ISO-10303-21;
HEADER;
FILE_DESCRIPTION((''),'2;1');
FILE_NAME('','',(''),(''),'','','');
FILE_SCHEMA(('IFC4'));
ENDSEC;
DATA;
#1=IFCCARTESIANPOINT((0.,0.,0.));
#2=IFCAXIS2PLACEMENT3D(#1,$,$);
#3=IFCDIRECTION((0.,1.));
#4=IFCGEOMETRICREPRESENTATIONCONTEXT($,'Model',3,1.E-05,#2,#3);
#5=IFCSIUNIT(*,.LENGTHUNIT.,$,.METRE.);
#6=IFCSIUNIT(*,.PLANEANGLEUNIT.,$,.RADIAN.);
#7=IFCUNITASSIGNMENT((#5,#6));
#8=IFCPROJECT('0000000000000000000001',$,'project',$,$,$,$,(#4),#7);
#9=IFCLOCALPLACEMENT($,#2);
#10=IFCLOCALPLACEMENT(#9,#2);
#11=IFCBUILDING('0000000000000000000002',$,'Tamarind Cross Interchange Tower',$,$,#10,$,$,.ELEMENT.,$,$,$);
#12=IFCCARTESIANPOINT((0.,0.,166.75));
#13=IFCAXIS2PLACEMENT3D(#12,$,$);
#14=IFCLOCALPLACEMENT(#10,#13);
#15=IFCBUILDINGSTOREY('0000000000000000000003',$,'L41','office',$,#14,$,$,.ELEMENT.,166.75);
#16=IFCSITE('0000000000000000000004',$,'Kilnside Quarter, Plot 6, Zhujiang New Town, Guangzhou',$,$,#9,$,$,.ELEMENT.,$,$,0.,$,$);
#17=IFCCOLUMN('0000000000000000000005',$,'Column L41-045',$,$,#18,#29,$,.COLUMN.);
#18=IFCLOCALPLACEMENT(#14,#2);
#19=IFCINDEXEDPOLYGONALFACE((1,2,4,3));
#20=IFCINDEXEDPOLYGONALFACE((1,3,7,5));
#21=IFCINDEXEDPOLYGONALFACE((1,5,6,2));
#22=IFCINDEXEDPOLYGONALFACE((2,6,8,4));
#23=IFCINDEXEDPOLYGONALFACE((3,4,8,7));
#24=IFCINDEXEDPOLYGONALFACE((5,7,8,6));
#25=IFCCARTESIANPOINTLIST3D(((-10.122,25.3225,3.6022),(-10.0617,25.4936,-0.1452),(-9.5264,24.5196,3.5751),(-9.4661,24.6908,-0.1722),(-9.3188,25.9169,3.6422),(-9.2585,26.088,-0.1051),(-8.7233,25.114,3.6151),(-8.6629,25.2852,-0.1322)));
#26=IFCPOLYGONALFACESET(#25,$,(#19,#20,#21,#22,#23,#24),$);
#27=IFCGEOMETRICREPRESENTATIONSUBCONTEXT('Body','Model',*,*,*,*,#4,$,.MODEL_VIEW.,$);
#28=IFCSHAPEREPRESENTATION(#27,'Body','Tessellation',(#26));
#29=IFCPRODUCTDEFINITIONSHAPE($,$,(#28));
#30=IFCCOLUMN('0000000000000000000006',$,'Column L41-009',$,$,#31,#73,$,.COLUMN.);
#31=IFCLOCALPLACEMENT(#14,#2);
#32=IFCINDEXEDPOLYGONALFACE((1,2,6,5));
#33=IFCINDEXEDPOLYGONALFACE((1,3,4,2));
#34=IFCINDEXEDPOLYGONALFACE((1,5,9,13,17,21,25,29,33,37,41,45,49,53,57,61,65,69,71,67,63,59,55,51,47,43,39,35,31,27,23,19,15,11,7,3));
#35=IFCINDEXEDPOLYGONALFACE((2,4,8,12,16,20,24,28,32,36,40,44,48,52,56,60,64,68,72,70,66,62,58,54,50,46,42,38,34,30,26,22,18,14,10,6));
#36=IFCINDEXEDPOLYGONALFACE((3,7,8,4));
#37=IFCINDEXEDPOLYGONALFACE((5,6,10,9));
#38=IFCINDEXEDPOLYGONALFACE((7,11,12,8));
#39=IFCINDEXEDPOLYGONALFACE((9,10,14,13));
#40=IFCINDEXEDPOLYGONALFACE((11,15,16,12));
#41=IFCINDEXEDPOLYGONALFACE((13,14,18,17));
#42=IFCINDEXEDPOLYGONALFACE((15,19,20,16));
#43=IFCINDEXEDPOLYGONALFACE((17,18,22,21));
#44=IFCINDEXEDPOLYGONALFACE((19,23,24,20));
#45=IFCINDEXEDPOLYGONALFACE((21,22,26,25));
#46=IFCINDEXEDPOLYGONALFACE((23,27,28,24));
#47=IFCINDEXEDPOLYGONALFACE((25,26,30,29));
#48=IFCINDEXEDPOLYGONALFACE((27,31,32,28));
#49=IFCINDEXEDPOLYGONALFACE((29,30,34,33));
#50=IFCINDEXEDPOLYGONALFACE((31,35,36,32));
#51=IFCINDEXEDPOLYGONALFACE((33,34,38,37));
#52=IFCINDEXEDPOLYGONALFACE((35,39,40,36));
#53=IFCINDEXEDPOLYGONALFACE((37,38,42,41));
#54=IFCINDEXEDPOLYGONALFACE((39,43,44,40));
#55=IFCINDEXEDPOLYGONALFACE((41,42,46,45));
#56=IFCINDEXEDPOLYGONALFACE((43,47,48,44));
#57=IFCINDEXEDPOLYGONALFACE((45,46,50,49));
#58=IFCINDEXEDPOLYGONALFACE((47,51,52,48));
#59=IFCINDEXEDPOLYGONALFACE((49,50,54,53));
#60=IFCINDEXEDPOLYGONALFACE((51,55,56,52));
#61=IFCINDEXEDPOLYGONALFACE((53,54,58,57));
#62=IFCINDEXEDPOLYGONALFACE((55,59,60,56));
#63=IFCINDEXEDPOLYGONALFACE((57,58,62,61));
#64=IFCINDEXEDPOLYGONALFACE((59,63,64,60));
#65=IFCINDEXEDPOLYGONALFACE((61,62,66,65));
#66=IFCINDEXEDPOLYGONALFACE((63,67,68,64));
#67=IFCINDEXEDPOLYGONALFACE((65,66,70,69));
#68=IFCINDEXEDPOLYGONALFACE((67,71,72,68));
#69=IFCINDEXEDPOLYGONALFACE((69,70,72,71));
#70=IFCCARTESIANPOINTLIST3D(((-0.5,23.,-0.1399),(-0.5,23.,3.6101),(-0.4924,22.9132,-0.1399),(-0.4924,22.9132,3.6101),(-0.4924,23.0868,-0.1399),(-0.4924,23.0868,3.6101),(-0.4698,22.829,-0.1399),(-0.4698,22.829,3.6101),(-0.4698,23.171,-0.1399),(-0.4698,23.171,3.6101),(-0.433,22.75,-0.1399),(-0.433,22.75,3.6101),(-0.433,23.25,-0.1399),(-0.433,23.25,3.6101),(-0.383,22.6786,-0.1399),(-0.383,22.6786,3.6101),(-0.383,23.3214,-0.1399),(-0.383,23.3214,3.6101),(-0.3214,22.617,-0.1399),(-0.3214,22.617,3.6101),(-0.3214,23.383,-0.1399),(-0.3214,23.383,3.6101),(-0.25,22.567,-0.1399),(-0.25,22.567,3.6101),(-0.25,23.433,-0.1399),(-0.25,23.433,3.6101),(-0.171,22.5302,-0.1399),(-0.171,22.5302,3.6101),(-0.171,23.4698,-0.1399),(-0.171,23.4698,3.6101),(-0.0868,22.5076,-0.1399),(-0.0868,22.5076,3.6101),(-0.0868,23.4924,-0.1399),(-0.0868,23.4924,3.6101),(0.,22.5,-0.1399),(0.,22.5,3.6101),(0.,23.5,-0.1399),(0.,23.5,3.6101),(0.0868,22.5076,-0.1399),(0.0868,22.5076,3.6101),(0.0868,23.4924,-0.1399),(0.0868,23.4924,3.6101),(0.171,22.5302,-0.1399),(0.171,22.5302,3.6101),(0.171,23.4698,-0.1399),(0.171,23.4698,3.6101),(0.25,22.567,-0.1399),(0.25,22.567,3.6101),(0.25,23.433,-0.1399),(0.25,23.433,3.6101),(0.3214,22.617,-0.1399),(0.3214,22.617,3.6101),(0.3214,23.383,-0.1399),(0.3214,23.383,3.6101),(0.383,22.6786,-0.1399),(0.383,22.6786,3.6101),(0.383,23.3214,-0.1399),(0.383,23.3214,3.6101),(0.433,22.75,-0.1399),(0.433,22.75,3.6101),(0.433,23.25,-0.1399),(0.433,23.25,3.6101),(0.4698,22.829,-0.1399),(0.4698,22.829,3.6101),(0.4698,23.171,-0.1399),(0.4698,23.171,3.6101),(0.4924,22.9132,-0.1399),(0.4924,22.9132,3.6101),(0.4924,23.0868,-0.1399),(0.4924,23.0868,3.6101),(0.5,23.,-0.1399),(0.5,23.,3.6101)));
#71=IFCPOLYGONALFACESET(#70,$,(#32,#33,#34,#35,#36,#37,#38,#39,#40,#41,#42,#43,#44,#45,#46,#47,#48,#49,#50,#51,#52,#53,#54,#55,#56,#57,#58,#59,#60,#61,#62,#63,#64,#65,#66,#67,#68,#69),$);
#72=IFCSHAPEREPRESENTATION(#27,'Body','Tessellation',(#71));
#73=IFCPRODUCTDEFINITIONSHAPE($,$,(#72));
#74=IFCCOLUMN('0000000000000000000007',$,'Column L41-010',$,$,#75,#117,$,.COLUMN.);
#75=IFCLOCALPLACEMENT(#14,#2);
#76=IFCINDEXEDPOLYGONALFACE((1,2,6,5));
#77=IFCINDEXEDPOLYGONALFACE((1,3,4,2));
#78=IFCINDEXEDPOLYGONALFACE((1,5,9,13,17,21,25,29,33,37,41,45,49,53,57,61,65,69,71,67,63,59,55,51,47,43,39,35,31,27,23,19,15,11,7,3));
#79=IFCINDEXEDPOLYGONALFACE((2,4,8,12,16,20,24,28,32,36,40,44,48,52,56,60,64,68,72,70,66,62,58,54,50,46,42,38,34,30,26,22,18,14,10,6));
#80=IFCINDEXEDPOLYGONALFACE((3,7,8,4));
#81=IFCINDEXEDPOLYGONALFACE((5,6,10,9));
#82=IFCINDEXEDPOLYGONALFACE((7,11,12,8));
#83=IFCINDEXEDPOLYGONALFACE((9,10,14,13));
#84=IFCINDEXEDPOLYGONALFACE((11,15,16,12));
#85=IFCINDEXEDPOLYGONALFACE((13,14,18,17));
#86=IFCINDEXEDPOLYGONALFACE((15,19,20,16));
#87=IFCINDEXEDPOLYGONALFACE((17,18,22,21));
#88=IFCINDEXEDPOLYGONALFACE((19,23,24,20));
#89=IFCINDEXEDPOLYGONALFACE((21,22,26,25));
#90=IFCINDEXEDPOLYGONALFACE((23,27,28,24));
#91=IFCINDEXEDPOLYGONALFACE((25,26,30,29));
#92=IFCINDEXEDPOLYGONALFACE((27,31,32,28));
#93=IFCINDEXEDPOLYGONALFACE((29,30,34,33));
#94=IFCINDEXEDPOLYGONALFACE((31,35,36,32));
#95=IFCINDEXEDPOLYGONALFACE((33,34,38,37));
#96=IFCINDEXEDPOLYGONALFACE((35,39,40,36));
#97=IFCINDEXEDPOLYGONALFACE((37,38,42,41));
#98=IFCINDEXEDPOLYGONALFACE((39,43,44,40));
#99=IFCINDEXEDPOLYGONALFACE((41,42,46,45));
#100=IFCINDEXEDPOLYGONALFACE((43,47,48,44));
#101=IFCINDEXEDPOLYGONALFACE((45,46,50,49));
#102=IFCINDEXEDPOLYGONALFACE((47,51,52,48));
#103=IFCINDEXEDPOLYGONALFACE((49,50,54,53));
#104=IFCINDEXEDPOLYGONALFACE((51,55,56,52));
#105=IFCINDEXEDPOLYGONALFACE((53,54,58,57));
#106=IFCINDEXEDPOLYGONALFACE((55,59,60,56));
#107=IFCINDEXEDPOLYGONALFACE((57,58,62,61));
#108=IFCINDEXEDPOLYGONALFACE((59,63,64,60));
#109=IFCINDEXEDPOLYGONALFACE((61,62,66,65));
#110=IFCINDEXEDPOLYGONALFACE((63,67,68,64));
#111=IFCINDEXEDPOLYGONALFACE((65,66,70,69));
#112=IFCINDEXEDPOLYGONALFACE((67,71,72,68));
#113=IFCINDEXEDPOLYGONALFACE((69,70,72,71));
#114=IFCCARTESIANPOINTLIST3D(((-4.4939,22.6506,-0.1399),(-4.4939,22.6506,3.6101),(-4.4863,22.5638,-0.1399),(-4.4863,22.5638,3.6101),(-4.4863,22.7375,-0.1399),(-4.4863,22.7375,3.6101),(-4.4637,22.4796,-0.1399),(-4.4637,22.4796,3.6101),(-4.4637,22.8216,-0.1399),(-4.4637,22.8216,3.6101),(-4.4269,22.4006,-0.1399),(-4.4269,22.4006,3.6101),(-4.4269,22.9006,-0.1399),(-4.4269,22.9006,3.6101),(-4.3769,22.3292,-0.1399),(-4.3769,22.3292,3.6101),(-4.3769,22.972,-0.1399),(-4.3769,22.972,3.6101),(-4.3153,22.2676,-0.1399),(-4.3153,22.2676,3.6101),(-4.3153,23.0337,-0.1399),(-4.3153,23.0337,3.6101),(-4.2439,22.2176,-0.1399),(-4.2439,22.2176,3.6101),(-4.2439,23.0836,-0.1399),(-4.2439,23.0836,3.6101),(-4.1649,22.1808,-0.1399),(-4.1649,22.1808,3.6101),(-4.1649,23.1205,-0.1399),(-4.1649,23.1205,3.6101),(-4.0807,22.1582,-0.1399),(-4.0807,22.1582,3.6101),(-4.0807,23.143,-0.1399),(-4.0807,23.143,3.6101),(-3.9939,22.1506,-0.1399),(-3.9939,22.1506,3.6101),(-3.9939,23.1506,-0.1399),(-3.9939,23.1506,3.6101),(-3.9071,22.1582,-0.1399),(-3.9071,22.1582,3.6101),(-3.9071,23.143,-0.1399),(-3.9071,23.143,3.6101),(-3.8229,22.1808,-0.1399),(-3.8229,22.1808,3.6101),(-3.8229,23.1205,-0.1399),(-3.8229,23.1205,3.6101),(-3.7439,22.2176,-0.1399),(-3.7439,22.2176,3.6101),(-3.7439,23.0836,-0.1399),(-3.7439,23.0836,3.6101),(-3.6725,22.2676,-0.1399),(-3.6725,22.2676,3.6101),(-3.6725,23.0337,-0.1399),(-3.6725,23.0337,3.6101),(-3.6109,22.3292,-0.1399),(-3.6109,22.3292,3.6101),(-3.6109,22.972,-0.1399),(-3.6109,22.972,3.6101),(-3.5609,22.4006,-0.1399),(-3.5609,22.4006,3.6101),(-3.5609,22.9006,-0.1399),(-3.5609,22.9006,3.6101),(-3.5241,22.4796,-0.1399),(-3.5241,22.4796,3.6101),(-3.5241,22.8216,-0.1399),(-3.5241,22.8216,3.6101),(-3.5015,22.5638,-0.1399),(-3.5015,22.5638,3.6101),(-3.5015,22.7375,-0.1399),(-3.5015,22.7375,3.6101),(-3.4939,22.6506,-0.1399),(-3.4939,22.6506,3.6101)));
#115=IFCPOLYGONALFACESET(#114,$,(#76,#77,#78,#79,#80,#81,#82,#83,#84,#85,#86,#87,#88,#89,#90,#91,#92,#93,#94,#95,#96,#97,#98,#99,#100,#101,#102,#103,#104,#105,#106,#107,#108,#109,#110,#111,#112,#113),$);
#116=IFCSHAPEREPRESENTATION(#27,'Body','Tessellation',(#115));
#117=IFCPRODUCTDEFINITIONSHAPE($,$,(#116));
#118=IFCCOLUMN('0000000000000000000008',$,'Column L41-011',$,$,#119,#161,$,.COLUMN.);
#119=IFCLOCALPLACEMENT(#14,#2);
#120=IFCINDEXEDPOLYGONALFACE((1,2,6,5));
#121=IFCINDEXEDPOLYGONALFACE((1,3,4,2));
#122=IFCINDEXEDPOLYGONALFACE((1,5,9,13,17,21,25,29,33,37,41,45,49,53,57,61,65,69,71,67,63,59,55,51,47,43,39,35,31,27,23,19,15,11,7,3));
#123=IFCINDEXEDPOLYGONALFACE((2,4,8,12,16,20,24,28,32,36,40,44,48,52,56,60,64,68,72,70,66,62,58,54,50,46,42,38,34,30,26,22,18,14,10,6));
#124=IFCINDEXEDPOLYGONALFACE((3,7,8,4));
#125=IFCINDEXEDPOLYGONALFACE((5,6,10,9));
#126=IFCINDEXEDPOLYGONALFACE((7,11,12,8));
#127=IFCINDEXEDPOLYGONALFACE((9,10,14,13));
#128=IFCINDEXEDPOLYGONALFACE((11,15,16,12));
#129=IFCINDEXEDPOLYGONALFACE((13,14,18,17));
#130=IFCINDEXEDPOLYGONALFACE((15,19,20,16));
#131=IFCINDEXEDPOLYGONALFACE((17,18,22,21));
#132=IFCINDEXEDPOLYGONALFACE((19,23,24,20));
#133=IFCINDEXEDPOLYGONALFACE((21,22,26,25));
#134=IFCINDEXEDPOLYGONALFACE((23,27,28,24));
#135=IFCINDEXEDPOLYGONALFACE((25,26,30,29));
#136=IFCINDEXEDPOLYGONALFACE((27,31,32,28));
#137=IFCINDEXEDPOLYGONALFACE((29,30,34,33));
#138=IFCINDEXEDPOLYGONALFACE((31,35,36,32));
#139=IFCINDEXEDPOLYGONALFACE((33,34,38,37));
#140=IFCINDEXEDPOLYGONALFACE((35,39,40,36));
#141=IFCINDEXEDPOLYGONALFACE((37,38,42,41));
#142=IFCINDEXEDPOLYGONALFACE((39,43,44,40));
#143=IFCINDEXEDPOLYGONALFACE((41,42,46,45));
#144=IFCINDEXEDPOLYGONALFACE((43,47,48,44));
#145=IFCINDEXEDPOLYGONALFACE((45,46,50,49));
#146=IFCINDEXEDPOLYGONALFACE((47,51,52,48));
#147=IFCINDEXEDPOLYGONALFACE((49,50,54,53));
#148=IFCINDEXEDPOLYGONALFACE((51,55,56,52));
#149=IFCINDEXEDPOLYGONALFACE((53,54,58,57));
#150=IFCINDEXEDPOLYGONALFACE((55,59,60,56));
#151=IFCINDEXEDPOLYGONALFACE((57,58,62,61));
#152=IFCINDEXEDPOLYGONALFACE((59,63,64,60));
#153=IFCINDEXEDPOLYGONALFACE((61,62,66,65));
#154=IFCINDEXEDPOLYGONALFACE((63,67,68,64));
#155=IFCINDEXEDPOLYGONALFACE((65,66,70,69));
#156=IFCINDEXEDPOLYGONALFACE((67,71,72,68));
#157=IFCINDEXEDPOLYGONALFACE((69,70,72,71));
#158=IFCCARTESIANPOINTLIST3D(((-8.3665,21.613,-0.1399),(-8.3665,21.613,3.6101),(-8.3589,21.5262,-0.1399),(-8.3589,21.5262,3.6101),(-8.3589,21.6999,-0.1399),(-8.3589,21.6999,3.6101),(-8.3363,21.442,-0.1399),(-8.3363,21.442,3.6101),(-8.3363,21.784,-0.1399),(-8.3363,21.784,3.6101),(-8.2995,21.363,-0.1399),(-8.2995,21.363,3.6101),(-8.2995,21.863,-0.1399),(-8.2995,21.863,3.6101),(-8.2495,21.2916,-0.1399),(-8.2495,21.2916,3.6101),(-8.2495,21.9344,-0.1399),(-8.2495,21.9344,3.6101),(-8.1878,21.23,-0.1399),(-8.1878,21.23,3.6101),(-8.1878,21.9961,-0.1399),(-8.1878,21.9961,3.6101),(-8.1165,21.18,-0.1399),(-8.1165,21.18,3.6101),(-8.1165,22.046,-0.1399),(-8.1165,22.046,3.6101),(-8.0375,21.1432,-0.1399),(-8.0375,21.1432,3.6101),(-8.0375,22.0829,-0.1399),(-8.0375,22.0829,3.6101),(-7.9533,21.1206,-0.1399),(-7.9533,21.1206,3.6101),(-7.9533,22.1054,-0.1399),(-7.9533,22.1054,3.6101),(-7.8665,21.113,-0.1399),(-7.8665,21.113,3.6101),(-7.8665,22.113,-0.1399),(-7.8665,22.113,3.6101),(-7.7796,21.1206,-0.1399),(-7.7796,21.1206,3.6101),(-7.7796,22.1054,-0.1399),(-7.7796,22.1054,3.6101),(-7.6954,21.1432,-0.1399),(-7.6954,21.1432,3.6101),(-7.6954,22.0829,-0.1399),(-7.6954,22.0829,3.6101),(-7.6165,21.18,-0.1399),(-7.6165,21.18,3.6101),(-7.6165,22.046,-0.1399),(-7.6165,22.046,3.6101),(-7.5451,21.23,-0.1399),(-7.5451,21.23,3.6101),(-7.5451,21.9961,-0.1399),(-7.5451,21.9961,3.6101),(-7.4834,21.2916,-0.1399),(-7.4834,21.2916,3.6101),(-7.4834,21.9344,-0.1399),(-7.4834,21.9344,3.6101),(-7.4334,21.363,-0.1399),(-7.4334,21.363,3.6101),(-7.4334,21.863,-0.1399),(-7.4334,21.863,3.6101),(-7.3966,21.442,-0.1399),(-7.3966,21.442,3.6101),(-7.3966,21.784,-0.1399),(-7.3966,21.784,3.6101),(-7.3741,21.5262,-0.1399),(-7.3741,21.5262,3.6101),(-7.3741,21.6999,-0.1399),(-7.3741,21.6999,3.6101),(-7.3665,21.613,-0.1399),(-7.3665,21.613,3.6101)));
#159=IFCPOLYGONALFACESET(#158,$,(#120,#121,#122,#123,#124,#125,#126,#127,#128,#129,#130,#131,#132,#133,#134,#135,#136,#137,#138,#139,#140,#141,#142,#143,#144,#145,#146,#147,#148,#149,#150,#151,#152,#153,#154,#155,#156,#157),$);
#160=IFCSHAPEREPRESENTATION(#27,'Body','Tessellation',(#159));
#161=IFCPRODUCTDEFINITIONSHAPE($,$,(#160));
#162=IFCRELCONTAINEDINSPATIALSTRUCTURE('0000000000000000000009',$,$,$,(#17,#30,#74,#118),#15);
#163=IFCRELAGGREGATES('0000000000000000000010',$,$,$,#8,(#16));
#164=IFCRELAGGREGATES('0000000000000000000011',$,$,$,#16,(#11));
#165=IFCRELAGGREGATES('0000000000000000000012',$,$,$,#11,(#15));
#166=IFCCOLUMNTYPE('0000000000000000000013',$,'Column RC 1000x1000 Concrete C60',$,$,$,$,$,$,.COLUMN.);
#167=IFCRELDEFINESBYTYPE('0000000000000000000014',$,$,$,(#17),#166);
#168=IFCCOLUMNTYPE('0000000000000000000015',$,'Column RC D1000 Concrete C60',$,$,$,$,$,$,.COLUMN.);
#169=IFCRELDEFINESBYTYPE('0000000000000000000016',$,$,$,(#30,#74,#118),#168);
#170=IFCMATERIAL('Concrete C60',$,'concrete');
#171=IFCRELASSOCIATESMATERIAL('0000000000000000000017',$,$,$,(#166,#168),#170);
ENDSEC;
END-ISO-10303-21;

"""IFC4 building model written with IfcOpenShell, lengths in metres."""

from ifc_helpers import new_model, si_unit, direction, frame, origin, origin_2d, place, context, subcontext, project, spatial, rectangle, circle, extrude, material, material_profile, profile_set, type_object, element, save


model = new_model("IFC4")

# Units and contexts
model_context = context("Model", 3, precision=1e-05, world=origin(), true_north=direction((0.0, 1.0)))
body_context = subcontext(model_context, "Body", "Model", "MODEL_VIEW")
ifc_project = project(units=[si_unit("LENGTHUNIT", "METRE"), si_unit("PLANEANGLEUNIT", "RADIAN")], contexts=[model_context])

# Site, building, storey
site_placement = place(None, origin())
site = spatial("IfcSite", under=ifc_project, at=site_placement, Name="Kilnside Quarter, Plot 6, Zhujiang New Town, Guangzhou", CompositionType="ELEMENT", RefElevation=0.0)
building_placement = place(site_placement, origin())
building = spatial("IfcBuilding", under=site, at=building_placement, Name="Tamarind Cross Interchange Tower", CompositionType="ELEMENT")
storey_placement = place(building_placement, frame((0.0, 0.0, 166.75)))
storey = spatial("IfcBuildingStorey", under=building, at=storey_placement, Name="L41", Description="office", CompositionType="ELEMENT", Elevation=166.75)

# Columns
ifc_material_1 = material(Name="Concrete C60", Category="concrete")
ifc_material_profile_1 = material_profile(ifc_material_1, rectangle(XDim=1.0, YDim=1.0, at=origin_2d()), Name="RC 1000x1000")
ifc_profile_set_1 = profile_set([ifc_material_profile_1], Name="Concrete C60")
column_type_1 = type_object("IfcColumnType", Name="Column RC 1000x1000 Concrete C60", PredefinedType="COLUMN", material=ifc_profile_set_1)
column_placement = place(storey_placement, frame((-9.3623, 25.3894, -0.1387), z_axis=(-0.016073, -0.045617, 0.99883), x_axis=(0.80315, 0.594428, 0.040072)))
element("IfcColumn", 1, at=column_placement, inside=storey, type_object=column_type_1, Name="Column L41-045", PredefinedType="COLUMN", context=body_context, shape_type="SweptSolid", body=[
    extrude(rectangle(XDim=1.0, YDim=1.0, at=origin_2d()), origin(), (0.0, 0.0, 1.0), 3.7517),
])
ifc_material_profile_2 = material_profile(ifc_material_1, circle(Radius=0.5, at=origin_2d()), Name="RC D1000")
ifc_profile_set_2 = profile_set([ifc_material_profile_2], Name="Concrete C60")
column_type_2 = type_object("IfcColumnType", Name="Column RC D1000 Concrete C60", PredefinedType="COLUMN", material=ifc_profile_set_2)
for number, where, z_axis, x_axis, name in (
    (2, (0.0, 23.0, -0.1399), (0.0, 0.0, 1.0), (1.0, 0.0, 0.0), "Column L41-009"),
    (3, (-3.9939, 22.6506, -0.1399), (0.0, 0.0, 1.0), (1.0, 0.0, 0.0), "Column L41-010"),
    (4, (-7.8665, 21.613, -0.1399), (0.0, 0.0, 1.0), (1.0, 0.0, 0.0), "Column L41-011"),
):
    element("IfcColumn", number, at=place(storey_placement, frame(where, z_axis=z_axis, x_axis=x_axis)), inside=storey, type_object=column_type_2, Name=name, PredefinedType="COLUMN", context=body_context, shape_type="SweptSolid", body=[
        extrude(circle(Radius=0.5, at=origin_2d()), origin(), (0.0, 0.0, 1.0), 3.75),
    ])

save(model, "model.ifc")
